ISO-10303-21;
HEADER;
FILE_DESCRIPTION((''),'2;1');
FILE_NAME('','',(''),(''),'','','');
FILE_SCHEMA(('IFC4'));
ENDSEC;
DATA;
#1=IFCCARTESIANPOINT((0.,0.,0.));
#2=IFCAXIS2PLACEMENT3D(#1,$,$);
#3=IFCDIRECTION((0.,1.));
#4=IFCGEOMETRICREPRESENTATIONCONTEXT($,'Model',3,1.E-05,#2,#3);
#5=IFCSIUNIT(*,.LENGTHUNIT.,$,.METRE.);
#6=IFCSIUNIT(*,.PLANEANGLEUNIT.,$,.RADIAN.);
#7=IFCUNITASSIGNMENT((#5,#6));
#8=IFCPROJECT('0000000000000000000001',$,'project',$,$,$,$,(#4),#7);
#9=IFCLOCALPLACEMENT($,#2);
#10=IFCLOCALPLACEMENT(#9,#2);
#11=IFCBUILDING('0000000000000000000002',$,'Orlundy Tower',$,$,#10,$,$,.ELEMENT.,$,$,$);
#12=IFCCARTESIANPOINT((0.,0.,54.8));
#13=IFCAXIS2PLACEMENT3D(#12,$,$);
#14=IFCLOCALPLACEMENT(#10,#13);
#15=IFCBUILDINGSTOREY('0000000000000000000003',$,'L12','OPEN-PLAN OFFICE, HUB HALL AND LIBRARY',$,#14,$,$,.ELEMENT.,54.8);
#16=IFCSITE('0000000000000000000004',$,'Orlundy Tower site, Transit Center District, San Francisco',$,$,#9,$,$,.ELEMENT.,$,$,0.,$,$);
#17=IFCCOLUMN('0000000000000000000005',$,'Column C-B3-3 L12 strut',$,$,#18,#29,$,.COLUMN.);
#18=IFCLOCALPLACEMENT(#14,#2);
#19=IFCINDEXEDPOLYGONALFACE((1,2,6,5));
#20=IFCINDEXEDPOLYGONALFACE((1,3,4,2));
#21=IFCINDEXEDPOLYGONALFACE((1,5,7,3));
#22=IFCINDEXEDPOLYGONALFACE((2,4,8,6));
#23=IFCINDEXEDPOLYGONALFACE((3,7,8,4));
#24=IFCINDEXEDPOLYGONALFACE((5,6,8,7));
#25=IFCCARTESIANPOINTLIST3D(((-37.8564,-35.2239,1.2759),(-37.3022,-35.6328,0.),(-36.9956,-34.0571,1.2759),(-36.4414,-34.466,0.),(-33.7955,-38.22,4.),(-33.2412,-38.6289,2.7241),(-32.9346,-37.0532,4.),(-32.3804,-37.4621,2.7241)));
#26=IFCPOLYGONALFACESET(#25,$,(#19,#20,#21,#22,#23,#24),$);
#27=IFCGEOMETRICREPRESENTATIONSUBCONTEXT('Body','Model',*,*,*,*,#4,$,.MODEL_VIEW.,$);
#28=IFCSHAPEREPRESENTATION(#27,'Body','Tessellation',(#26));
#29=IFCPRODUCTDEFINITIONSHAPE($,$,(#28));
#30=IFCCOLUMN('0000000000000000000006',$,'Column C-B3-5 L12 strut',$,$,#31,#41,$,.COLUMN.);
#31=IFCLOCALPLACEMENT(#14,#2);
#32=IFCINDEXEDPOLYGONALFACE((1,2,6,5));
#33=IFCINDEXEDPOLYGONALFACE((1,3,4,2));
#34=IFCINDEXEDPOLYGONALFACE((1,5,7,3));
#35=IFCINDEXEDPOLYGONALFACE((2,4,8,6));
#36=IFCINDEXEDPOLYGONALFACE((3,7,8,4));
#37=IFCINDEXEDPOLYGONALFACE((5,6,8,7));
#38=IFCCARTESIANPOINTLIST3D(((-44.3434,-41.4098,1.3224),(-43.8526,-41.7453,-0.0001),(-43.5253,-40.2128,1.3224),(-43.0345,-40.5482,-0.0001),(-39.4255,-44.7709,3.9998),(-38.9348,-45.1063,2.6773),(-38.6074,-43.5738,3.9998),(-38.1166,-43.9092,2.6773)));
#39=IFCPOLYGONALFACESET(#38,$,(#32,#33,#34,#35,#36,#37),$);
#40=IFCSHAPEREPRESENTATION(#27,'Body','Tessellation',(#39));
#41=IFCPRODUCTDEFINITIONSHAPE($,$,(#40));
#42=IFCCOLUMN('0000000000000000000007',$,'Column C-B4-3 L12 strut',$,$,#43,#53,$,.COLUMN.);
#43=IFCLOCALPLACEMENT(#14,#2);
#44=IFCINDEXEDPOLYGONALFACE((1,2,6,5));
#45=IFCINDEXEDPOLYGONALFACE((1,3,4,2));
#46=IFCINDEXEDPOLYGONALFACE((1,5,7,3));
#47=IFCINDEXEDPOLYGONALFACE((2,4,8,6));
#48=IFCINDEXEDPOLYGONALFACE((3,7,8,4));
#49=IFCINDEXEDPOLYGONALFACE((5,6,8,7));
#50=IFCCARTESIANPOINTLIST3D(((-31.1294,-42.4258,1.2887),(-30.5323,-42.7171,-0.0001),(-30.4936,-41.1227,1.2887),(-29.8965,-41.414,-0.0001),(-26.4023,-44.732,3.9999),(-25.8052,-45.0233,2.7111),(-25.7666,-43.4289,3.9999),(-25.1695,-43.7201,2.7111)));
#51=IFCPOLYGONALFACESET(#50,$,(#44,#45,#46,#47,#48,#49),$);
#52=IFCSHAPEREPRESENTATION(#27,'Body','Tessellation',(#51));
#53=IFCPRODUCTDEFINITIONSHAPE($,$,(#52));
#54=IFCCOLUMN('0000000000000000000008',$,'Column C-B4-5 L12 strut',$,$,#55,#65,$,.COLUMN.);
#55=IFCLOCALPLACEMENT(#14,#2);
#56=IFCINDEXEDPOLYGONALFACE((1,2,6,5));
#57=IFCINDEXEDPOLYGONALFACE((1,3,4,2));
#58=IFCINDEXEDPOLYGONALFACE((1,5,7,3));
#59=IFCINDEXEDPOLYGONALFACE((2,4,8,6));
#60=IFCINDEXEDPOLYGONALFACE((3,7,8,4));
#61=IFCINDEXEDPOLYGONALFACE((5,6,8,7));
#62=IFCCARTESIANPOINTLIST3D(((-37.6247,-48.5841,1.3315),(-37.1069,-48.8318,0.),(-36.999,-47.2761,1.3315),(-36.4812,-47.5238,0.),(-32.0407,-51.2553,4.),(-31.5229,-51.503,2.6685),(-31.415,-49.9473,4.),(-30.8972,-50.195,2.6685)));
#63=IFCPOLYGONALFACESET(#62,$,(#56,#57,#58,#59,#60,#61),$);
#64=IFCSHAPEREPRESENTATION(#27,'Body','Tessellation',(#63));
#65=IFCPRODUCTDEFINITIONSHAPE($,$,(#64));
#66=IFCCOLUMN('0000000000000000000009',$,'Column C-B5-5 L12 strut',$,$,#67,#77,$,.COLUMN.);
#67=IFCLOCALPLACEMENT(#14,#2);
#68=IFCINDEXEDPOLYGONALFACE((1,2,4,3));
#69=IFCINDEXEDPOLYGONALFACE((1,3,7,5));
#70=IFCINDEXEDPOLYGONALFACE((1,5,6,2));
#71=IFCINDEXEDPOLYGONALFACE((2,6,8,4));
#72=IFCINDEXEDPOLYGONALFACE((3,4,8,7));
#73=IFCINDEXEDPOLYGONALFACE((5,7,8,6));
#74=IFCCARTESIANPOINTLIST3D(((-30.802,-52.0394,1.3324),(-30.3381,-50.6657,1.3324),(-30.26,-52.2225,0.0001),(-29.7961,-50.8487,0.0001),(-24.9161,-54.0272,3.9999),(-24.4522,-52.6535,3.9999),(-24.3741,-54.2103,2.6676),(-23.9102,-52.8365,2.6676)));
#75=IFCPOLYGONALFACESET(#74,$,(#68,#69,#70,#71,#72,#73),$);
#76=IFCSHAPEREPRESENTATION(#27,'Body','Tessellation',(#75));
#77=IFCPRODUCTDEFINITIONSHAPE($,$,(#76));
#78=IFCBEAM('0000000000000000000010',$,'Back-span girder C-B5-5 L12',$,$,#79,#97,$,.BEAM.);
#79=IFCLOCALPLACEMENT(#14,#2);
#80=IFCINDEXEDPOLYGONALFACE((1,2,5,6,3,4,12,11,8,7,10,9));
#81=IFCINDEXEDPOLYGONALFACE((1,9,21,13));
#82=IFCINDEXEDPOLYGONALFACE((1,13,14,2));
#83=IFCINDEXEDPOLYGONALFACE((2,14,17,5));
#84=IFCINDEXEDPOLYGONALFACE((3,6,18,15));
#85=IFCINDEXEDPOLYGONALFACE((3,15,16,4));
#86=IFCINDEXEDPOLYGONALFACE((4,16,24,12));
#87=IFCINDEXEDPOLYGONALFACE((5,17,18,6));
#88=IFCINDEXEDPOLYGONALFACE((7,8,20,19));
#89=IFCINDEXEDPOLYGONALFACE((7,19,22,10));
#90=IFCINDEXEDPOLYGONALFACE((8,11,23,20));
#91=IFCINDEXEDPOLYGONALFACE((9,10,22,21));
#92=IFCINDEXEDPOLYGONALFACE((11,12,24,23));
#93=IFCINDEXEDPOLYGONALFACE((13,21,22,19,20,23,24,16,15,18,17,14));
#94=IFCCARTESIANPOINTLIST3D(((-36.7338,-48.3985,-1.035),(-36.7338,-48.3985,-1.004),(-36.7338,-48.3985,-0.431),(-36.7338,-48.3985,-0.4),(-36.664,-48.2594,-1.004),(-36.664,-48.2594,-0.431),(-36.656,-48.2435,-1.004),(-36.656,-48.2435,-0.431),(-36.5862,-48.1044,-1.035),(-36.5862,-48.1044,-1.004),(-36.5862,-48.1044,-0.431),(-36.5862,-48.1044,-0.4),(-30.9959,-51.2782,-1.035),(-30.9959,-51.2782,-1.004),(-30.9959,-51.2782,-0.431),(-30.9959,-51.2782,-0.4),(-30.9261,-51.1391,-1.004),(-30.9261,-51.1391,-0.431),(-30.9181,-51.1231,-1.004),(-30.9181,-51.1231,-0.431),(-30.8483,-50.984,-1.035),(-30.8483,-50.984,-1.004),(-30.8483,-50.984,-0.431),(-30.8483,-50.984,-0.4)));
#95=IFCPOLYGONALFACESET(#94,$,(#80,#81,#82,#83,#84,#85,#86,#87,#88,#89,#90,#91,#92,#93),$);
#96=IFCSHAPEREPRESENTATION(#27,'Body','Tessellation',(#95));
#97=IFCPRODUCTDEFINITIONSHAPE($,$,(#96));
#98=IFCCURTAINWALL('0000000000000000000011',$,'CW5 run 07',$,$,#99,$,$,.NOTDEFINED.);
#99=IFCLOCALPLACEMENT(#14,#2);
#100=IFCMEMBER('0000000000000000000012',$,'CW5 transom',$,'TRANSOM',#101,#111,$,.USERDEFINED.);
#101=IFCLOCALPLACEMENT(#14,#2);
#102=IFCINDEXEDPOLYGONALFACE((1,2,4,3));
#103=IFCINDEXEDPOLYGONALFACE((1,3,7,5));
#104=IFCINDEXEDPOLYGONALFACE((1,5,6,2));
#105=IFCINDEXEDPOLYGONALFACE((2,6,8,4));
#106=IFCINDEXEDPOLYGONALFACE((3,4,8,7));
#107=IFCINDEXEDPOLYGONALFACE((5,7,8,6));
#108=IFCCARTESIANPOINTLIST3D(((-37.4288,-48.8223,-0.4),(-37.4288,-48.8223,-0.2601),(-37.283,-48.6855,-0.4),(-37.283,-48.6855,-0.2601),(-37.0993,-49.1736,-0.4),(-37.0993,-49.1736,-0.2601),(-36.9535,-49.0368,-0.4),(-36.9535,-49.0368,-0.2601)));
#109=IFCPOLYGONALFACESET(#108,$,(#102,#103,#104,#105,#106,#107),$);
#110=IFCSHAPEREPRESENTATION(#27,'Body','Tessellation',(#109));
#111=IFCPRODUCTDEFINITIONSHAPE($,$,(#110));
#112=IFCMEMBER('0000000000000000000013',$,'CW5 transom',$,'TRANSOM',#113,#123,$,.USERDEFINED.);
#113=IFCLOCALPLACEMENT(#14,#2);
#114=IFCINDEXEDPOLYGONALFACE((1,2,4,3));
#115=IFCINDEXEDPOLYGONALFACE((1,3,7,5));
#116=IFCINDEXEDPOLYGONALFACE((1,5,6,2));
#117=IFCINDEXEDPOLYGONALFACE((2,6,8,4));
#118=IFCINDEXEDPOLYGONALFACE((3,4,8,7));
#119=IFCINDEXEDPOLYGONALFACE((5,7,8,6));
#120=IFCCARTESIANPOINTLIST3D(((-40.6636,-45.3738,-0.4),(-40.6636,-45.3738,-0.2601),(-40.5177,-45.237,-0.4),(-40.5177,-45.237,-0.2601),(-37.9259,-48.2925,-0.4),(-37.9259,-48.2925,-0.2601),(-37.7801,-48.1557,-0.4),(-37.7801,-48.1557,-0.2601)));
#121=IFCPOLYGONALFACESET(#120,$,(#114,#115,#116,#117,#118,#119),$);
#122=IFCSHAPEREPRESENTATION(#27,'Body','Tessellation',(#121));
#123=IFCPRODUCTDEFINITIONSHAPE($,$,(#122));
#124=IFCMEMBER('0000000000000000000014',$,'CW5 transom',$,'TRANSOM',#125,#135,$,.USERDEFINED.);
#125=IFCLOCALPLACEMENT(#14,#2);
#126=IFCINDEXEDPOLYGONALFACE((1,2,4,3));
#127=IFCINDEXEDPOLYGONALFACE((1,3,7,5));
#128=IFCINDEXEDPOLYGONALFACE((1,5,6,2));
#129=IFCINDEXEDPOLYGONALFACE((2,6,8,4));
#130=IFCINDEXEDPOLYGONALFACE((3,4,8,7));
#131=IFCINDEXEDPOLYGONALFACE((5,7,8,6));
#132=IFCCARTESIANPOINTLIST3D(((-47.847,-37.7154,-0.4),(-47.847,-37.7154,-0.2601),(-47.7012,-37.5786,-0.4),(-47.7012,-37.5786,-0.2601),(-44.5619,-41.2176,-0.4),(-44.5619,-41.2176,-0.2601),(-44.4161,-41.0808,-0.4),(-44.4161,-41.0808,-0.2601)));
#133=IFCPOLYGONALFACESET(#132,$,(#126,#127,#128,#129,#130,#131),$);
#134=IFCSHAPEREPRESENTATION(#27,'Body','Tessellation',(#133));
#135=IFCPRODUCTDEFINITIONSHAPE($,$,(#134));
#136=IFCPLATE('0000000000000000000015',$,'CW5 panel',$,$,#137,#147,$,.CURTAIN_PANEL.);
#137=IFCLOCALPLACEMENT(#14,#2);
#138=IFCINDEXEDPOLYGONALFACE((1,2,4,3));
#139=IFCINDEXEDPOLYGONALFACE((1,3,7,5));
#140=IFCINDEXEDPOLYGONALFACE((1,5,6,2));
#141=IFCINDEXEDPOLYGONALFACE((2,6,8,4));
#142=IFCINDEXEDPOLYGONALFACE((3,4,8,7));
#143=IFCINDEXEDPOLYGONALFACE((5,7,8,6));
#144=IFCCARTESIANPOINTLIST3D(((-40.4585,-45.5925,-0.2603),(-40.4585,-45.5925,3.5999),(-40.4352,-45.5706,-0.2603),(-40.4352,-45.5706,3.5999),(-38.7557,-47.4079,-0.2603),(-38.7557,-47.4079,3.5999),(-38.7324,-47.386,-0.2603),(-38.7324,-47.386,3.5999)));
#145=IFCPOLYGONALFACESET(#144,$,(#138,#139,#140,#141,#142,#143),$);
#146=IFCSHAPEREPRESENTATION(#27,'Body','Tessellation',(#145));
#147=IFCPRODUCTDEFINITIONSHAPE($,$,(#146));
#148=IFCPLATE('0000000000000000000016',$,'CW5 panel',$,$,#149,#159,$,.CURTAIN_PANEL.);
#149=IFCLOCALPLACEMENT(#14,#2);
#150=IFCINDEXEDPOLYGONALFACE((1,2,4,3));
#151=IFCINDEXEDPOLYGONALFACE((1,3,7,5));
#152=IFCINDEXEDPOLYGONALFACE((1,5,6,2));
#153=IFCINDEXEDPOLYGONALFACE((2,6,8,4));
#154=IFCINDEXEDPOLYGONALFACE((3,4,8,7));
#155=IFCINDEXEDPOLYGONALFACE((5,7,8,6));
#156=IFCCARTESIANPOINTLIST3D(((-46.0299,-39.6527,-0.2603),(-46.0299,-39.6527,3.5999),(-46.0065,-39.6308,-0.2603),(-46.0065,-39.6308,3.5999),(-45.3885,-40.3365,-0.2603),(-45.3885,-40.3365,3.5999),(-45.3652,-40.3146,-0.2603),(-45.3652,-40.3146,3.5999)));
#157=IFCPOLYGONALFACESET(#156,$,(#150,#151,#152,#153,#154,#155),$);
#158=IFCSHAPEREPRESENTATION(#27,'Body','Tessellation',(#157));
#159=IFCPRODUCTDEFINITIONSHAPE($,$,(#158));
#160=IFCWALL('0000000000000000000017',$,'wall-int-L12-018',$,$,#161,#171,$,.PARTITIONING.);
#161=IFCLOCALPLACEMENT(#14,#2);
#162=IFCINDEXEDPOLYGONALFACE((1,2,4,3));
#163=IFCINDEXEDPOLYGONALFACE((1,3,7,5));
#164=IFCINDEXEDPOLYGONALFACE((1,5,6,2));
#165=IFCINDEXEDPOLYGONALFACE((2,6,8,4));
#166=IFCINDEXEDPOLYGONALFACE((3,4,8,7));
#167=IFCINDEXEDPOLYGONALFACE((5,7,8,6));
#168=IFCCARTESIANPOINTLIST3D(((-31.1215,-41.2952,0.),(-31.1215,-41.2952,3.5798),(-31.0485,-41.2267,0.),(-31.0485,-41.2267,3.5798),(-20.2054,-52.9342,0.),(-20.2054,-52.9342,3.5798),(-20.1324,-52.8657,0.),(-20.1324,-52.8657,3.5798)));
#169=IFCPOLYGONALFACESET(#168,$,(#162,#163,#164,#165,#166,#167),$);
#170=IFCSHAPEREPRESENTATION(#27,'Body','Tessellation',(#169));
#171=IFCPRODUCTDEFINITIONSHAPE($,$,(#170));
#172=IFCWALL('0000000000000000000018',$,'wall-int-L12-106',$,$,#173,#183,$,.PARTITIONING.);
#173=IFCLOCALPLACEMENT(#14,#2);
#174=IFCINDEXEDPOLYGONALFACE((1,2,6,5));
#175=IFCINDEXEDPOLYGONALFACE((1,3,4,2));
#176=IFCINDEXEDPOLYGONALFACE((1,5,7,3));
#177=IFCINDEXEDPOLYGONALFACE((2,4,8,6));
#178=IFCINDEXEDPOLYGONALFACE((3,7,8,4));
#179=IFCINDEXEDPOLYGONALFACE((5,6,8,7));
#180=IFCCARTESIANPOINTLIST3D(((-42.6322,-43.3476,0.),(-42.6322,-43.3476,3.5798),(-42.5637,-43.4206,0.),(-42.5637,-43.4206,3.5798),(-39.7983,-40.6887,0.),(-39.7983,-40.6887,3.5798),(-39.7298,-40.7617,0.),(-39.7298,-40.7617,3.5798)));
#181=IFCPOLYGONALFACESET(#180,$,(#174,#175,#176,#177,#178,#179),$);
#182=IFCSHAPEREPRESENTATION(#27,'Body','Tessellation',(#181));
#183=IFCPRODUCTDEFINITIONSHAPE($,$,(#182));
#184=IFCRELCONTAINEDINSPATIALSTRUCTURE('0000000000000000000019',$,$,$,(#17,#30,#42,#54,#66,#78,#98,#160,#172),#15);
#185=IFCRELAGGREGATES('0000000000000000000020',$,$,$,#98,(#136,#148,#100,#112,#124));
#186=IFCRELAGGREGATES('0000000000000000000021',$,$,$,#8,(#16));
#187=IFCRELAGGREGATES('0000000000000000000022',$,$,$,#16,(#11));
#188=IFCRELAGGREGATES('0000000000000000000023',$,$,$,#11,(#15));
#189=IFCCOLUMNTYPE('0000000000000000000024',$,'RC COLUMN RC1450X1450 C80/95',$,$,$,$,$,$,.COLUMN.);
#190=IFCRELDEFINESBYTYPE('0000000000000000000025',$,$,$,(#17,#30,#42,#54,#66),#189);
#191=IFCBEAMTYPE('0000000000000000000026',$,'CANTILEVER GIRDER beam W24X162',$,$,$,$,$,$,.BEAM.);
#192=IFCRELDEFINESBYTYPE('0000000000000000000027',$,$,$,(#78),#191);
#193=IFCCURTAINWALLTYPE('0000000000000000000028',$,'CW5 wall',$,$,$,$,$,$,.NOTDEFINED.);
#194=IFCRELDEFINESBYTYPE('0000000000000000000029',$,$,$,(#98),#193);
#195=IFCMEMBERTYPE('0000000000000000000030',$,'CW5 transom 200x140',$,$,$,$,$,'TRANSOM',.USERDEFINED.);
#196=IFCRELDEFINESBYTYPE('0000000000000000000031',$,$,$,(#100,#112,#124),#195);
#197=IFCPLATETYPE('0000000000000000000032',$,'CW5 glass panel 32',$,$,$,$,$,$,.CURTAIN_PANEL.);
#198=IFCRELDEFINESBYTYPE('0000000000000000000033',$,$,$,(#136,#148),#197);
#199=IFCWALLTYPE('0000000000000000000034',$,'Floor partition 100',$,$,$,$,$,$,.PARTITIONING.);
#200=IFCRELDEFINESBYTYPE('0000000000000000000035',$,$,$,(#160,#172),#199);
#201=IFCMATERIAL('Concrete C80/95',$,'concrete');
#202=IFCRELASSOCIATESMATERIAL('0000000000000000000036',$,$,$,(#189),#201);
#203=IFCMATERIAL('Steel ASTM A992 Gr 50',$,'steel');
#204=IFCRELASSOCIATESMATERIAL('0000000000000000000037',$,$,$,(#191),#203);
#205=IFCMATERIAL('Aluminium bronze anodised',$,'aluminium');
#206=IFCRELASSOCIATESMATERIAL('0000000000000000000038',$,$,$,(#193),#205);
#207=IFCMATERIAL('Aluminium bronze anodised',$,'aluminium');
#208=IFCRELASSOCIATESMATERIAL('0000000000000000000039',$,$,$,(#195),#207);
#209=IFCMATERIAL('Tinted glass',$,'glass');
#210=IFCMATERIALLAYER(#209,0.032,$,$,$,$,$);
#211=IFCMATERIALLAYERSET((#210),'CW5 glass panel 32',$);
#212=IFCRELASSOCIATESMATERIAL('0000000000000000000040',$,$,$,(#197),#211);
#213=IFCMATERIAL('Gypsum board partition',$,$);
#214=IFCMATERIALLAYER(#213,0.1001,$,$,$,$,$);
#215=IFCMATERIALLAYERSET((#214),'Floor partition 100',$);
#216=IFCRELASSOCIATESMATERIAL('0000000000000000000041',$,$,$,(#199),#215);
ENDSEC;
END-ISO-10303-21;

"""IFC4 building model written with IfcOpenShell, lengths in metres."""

from ifc_helpers import new_model, si_unit, direction, frame, frame_2d, origin, origin_2d, place, context, subcontext, project, spatial, rectangle, i_section, extrude, material, layer, layer_set, material_profile, profile_set, type_object, element, aggregate, save


model = new_model("IFC4")

# Units and contexts
model_context = context("Model", 3, precision=1e-05, world=origin(), true_north=direction((0.0, 1.0)))
body_context = subcontext(model_context, "Body", "Model", "MODEL_VIEW")
ifc_project = project(units=[si_unit("LENGTHUNIT", "METRE"), si_unit("PLANEANGLEUNIT", "RADIAN")], contexts=[model_context])

# Site, building, storey
site_placement = place(None, origin())
site = spatial("IfcSite", under=ifc_project, at=site_placement, Name="Orlundy Tower site, Transit Center District, San Francisco", CompositionType="ELEMENT", RefElevation=0.0)
building_placement = place(site_placement, origin())
building = spatial("IfcBuilding", under=site, at=building_placement, Name="Orlundy Tower", CompositionType="ELEMENT")
storey_placement = place(building_placement, frame((0.0, 0.0, 54.8)))
storey = spatial("IfcBuildingStorey", under=building, at=storey_placement, Name="L12", Description="OPEN-PLAN OFFICE, HUB HALL AND LIBRARY", CompositionType="ELEMENT", Elevation=54.8)

# Columns
ifc_material_1 = material(Name="Concrete C80/95", Category="concrete")
ifc_material_profile_1 = material_profile(ifc_material_1, rectangle(XDim=1.45, YDim=1.45, at=origin_2d()), Name="RC1450X1450")
ifc_profile_set_1 = profile_set([ifc_material_profile_1], Name="Concrete C80/95")
column_type = type_object("IfcColumnType", Name="RC COLUMN RC1450X1450 C80/95", PredefinedType="COLUMN", material=ifc_profile_set_1)
column_1_placement = place(storey_placement, frame((-37.1489, -34.845, 0.6379), z_axis=(0.708123, -0.522429, 0.475005), x_axis=(0.593681, 0.804701, 0.0)))
element("IfcColumn", 1, at=column_1_placement, inside=storey, type_object=column_type, Name="Column C-B3-3 L12 strut", PredefinedType="COLUMN", context=body_context, shape_type="SweptSolid", body=[
    extrude(rectangle(XDim=1.45, YDim=1.45, at=origin_2d()), origin(), (0.0, 0.0, 1.0), 5.7349),
])
column_2_placement = place(storey_placement, frame((-43.689, -40.979, 0.6611), z_axis=(0.753034, -0.514646, 0.409975), x_axis=(0.564245, 0.825608, 0.0)))
element("IfcColumn", 2, at=column_2_placement, inside=storey, type_object=column_type, Name="Column C-B3-5 L12 strut", PredefinedType="COLUMN", context=body_context, shape_type="SweptSolid", body=[
    extrude(rectangle(XDim=1.45, YDim=1.45, at=origin_2d()), origin(), (0.0, 0.0, 1.0), 6.5308),
])
column_3_placement = place(storey_placement, frame((-30.5129, -41.9199, 0.6443), z_axis=(0.798859, -0.389734, 0.458183), x_axis=(0.438466, 0.898748, 0.0)))
element("IfcColumn", 3, at=column_3_placement, inside=storey, type_object=column_type, Name="Column C-B4-3 L12 strut", PredefinedType="COLUMN", context=body_context, shape_type="SweptSolid", body=[
    extrude(rectangle(XDim=1.45, YDim=1.45, at=origin_2d()), origin(), (0.0, 0.0, 1.0), 5.9172),
])
column_4_placement = place(storey_placement, frame((-37.053, -48.054, 0.6658), z_axis=(0.828403, -0.396273, 0.395875), x_axis=(0.431527, 0.9021, 0.0)))
element("IfcColumn", 4, at=column_4_placement, inside=storey, type_object=column_type, Name="Column C-B4-5 L12 strut", PredefinedType="COLUMN", context=body_context, shape_type="SweptSolid", body=[
    extrude(rectangle(XDim=1.45, YDim=1.45, at=origin_2d()), origin(), (0.0, 0.0, 1.0), 6.7407),
])
column_5_placement = place(storey_placement, frame((-30.2991, -51.4441, 0.6663), z_axis=(0.870575, -0.294007, 0.394537), x_axis=(0.319963, 0.94743, 0.0)))
element("IfcColumn", 5, at=column_5_placement, inside=storey, type_object=column_type, Name="Column C-B5-5 L12 strut", PredefinedType="COLUMN", context=body_context, shape_type="SweptSolid", body=[
    extrude(rectangle(XDim=1.45, YDim=1.45, at=origin_2d()), origin(), (0.0, 0.0, 1.0), 6.761),
])

# Beam
ifc_material_2 = material(Name="Steel ASTM A992 Gr 50", Category="steel")
ifc_material_profile_2 = material_profile(ifc_material_2, i_section(OverallWidth=0.3291, OverallDepth=0.635, WebThickness=0.0178, FlangeThickness=0.031, at=origin_2d()), Name="W24X162")
ifc_profile_set_2 = profile_set([ifc_material_profile_2], Name="Steel ASTM A992 Gr 50")
beam_type = type_object("IfcBeamType", Name="CANTILEVER GIRDER beam W24X162", PredefinedType="BEAM", material=ifc_profile_set_2)
beam_placement = place(storey_placement, frame((-30.9221, -51.1311, -0.7175), z_axis=(-0.893757, 0.448552, 0.0), x_axis=(-0.448552, -0.893757, 0.0)))
element("IfcBeam", 6, at=beam_placement, inside=storey, type_object=beam_type, Name="Back-span girder C-B5-5 L12", PredefinedType="BEAM", context=body_context, shape_type="SweptSolid", body=[
    extrude(i_section(OverallWidth=0.3291, OverallDepth=0.635, WebThickness=0.0178, FlangeThickness=0.031, at=origin_2d()), origin(), (0.0, 0.0, 1.0), 6.4199),
])

# Curtain wall, members, plates
ifc_material_3 = material(Name="Aluminium bronze anodised", Category="aluminium")
curtain_wall_type = type_object("IfcCurtainWallType", Name="CW5 wall", PredefinedType="NOTDEFINED", material=ifc_material_3)
curtain_wall_placement = place(storey_placement, origin())
curtain_wall = element("IfcCurtainWall", 7, at=curtain_wall_placement, inside=storey, type_object=curtain_wall_type, Name="CW5 run 07", PredefinedType="NOTDEFINED")
ifc_material_4 = material(Name="Aluminium bronze anodised", Category="aluminium")
ifc_material_profile_3 = material_profile(ifc_material_4, rectangle(XDim=0.2, YDim=0.1399, at=origin_2d()), Name="CW5 transom 200x140")
ifc_profile_set_3 = profile_set([ifc_material_profile_3], Name="Aluminium bronze anodised")
member_type = type_object("IfcMemberType", Name="CW5 transom 200x140", ElementType="TRANSOM", PredefinedType="USERDEFINED", material=ifc_profile_set_3)
member_1_placement = place(storey_placement, frame((-37.0264, -49.1052, -0.3301), z_axis=(-0.684194, 0.7293, 0.0), x_axis=(-0.7293, -0.684194, 0.0)))
member_1 = element("IfcMember", 8, at=member_1_placement, type_object=member_type, Name="CW5 transom", ObjectType="TRANSOM", PredefinedType="USERDEFINED", context=body_context, shape_type="SweptSolid", body=[
    extrude(rectangle(XDim=0.2, YDim=0.1399, at=origin_2d()), origin(), (0.0, 0.0, 1.0), 0.4817),
])
member_2_placement = place(storey_placement, frame((-37.853, -48.2241, -0.3301), z_axis=(-0.68411, 0.729379, 0.0), x_axis=(-0.729379, -0.68411, 0.0)))
member_2 = element("IfcMember", 9, at=member_2_placement, type_object=member_type, Name="CW5 transom", ObjectType="TRANSOM", PredefinedType="USERDEFINED", context=body_context, shape_type="SweptSolid", body=[
    extrude(rectangle(XDim=0.2, YDim=0.1399, at=origin_2d()), origin(), (0.0, 0.0, 1.0), 4.0017),
])
member_3_placement = place(storey_placement, frame((-44.489, -41.1492, -0.3301), z_axis=(-0.684146, 0.729345, 0.0), x_axis=(-0.729345, -0.684146, 0.0)))
member_3 = element("IfcMember", 10, at=member_3_placement, type_object=member_type, Name="CW5 transom", ObjectType="TRANSOM", PredefinedType="USERDEFINED", context=body_context, shape_type="SweptSolid", body=[
    extrude(rectangle(XDim=0.2, YDim=0.1399, at=origin_2d()), origin(), (0.0, 0.0, 1.0), 4.8018),
])
ifc_material_5 = material(Name="Tinted glass", Category="glass")
ifc_layer_1 = layer(ifc_material_5, 0.032)
ifc_layer_set_1 = layer_set([ifc_layer_1], Name="CW5 glass panel 32")
plate_type = type_object("IfcPlateType", Name="CW5 glass panel 32", PredefinedType="CURTAIN_PANEL", material=ifc_layer_set_1)
plate_1_placement = place(storey_placement, frame((-39.5955, -46.4893, -0.2603), z_axis=(0.0, 0.0, 1.0), x_axis=(-0.684126, 0.729363, 0.0)))
plate_1 = element("IfcPlate", 11, at=plate_1_placement, type_object=plate_type, Name="CW5 panel", PredefinedType="CURTAIN_PANEL", context=body_context, shape_type="SweptSolid", body=[
    extrude(rectangle(XDim=2.489, YDim=0.032, at=origin_2d()), origin(), (0.0, 0.0, 1.0), 3.8601),
])
plate_2_placement = place(storey_placement, frame((-45.6975, -39.9836, -0.2603), z_axis=(0.0, 0.0, 1.0), x_axis=(-0.684126, 0.729363, 0.0)))
plate_2 = element("IfcPlate", 12, at=plate_2_placement, type_object=plate_type, Name="CW5 panel", PredefinedType="CURTAIN_PANEL", context=body_context, shape_type="SweptSolid", body=[
    extrude(rectangle(XDim=0.9375, YDim=0.032, at=origin_2d()), origin(), (0.0, 0.0, 1.0), 3.8601),
])
aggregate(curtain_wall, [plate_1, plate_2, member_1, member_2, member_3])

# Walls
ifc_material_6 = material(Name="Gypsum board partition")
ifc_layer_2 = layer(ifc_material_6, 0.1001)
ifc_layer_set_2 = layer_set([ifc_layer_2], Name="Floor partition 100")
wall_type_1 = type_object("IfcWallType", Name="Floor partition 100", PredefinedType="PARTITIONING", material=ifc_layer_set_2)
wall_1_placement = place(storey_placement, frame((-31.085, -41.261, 0.0), z_axis=(0.0, 0.0, 1.0), x_axis=(0.684092, -0.729395, 0.0)))
element("IfcWall", 13, at=wall_1_placement, inside=storey, type_object=wall_type_1, Name="wall-int-L12-018", PredefinedType="PARTITIONING", context=body_context, shape_type="SweptSolid", body=[
    extrude(rectangle(XDim=15.957, YDim=0.1001, at=frame_2d((7.9785, 0.0))), origin(), (0.0, 0.0, 1.0), 3.5798),
])
wall_2_placement = place(storey_placement, frame((-42.5979, -43.384, 0.0), z_axis=(0.0, 0.0, 1.0), x_axis=(0.729271, 0.684225, 0.0)))
element("IfcWall", 14, at=wall_2_placement, inside=storey, type_object=wall_type_1, Name="wall-int-L12-106", PredefinedType="PARTITIONING", context=body_context, shape_type="SweptSolid", body=[
    extrude(rectangle(XDim=3.886, YDim=0.1001, at=frame_2d((1.9429, 0.0))), origin(), (0.0, 0.0, 1.0), 3.5798),
])

save(model, "model.ifc")
